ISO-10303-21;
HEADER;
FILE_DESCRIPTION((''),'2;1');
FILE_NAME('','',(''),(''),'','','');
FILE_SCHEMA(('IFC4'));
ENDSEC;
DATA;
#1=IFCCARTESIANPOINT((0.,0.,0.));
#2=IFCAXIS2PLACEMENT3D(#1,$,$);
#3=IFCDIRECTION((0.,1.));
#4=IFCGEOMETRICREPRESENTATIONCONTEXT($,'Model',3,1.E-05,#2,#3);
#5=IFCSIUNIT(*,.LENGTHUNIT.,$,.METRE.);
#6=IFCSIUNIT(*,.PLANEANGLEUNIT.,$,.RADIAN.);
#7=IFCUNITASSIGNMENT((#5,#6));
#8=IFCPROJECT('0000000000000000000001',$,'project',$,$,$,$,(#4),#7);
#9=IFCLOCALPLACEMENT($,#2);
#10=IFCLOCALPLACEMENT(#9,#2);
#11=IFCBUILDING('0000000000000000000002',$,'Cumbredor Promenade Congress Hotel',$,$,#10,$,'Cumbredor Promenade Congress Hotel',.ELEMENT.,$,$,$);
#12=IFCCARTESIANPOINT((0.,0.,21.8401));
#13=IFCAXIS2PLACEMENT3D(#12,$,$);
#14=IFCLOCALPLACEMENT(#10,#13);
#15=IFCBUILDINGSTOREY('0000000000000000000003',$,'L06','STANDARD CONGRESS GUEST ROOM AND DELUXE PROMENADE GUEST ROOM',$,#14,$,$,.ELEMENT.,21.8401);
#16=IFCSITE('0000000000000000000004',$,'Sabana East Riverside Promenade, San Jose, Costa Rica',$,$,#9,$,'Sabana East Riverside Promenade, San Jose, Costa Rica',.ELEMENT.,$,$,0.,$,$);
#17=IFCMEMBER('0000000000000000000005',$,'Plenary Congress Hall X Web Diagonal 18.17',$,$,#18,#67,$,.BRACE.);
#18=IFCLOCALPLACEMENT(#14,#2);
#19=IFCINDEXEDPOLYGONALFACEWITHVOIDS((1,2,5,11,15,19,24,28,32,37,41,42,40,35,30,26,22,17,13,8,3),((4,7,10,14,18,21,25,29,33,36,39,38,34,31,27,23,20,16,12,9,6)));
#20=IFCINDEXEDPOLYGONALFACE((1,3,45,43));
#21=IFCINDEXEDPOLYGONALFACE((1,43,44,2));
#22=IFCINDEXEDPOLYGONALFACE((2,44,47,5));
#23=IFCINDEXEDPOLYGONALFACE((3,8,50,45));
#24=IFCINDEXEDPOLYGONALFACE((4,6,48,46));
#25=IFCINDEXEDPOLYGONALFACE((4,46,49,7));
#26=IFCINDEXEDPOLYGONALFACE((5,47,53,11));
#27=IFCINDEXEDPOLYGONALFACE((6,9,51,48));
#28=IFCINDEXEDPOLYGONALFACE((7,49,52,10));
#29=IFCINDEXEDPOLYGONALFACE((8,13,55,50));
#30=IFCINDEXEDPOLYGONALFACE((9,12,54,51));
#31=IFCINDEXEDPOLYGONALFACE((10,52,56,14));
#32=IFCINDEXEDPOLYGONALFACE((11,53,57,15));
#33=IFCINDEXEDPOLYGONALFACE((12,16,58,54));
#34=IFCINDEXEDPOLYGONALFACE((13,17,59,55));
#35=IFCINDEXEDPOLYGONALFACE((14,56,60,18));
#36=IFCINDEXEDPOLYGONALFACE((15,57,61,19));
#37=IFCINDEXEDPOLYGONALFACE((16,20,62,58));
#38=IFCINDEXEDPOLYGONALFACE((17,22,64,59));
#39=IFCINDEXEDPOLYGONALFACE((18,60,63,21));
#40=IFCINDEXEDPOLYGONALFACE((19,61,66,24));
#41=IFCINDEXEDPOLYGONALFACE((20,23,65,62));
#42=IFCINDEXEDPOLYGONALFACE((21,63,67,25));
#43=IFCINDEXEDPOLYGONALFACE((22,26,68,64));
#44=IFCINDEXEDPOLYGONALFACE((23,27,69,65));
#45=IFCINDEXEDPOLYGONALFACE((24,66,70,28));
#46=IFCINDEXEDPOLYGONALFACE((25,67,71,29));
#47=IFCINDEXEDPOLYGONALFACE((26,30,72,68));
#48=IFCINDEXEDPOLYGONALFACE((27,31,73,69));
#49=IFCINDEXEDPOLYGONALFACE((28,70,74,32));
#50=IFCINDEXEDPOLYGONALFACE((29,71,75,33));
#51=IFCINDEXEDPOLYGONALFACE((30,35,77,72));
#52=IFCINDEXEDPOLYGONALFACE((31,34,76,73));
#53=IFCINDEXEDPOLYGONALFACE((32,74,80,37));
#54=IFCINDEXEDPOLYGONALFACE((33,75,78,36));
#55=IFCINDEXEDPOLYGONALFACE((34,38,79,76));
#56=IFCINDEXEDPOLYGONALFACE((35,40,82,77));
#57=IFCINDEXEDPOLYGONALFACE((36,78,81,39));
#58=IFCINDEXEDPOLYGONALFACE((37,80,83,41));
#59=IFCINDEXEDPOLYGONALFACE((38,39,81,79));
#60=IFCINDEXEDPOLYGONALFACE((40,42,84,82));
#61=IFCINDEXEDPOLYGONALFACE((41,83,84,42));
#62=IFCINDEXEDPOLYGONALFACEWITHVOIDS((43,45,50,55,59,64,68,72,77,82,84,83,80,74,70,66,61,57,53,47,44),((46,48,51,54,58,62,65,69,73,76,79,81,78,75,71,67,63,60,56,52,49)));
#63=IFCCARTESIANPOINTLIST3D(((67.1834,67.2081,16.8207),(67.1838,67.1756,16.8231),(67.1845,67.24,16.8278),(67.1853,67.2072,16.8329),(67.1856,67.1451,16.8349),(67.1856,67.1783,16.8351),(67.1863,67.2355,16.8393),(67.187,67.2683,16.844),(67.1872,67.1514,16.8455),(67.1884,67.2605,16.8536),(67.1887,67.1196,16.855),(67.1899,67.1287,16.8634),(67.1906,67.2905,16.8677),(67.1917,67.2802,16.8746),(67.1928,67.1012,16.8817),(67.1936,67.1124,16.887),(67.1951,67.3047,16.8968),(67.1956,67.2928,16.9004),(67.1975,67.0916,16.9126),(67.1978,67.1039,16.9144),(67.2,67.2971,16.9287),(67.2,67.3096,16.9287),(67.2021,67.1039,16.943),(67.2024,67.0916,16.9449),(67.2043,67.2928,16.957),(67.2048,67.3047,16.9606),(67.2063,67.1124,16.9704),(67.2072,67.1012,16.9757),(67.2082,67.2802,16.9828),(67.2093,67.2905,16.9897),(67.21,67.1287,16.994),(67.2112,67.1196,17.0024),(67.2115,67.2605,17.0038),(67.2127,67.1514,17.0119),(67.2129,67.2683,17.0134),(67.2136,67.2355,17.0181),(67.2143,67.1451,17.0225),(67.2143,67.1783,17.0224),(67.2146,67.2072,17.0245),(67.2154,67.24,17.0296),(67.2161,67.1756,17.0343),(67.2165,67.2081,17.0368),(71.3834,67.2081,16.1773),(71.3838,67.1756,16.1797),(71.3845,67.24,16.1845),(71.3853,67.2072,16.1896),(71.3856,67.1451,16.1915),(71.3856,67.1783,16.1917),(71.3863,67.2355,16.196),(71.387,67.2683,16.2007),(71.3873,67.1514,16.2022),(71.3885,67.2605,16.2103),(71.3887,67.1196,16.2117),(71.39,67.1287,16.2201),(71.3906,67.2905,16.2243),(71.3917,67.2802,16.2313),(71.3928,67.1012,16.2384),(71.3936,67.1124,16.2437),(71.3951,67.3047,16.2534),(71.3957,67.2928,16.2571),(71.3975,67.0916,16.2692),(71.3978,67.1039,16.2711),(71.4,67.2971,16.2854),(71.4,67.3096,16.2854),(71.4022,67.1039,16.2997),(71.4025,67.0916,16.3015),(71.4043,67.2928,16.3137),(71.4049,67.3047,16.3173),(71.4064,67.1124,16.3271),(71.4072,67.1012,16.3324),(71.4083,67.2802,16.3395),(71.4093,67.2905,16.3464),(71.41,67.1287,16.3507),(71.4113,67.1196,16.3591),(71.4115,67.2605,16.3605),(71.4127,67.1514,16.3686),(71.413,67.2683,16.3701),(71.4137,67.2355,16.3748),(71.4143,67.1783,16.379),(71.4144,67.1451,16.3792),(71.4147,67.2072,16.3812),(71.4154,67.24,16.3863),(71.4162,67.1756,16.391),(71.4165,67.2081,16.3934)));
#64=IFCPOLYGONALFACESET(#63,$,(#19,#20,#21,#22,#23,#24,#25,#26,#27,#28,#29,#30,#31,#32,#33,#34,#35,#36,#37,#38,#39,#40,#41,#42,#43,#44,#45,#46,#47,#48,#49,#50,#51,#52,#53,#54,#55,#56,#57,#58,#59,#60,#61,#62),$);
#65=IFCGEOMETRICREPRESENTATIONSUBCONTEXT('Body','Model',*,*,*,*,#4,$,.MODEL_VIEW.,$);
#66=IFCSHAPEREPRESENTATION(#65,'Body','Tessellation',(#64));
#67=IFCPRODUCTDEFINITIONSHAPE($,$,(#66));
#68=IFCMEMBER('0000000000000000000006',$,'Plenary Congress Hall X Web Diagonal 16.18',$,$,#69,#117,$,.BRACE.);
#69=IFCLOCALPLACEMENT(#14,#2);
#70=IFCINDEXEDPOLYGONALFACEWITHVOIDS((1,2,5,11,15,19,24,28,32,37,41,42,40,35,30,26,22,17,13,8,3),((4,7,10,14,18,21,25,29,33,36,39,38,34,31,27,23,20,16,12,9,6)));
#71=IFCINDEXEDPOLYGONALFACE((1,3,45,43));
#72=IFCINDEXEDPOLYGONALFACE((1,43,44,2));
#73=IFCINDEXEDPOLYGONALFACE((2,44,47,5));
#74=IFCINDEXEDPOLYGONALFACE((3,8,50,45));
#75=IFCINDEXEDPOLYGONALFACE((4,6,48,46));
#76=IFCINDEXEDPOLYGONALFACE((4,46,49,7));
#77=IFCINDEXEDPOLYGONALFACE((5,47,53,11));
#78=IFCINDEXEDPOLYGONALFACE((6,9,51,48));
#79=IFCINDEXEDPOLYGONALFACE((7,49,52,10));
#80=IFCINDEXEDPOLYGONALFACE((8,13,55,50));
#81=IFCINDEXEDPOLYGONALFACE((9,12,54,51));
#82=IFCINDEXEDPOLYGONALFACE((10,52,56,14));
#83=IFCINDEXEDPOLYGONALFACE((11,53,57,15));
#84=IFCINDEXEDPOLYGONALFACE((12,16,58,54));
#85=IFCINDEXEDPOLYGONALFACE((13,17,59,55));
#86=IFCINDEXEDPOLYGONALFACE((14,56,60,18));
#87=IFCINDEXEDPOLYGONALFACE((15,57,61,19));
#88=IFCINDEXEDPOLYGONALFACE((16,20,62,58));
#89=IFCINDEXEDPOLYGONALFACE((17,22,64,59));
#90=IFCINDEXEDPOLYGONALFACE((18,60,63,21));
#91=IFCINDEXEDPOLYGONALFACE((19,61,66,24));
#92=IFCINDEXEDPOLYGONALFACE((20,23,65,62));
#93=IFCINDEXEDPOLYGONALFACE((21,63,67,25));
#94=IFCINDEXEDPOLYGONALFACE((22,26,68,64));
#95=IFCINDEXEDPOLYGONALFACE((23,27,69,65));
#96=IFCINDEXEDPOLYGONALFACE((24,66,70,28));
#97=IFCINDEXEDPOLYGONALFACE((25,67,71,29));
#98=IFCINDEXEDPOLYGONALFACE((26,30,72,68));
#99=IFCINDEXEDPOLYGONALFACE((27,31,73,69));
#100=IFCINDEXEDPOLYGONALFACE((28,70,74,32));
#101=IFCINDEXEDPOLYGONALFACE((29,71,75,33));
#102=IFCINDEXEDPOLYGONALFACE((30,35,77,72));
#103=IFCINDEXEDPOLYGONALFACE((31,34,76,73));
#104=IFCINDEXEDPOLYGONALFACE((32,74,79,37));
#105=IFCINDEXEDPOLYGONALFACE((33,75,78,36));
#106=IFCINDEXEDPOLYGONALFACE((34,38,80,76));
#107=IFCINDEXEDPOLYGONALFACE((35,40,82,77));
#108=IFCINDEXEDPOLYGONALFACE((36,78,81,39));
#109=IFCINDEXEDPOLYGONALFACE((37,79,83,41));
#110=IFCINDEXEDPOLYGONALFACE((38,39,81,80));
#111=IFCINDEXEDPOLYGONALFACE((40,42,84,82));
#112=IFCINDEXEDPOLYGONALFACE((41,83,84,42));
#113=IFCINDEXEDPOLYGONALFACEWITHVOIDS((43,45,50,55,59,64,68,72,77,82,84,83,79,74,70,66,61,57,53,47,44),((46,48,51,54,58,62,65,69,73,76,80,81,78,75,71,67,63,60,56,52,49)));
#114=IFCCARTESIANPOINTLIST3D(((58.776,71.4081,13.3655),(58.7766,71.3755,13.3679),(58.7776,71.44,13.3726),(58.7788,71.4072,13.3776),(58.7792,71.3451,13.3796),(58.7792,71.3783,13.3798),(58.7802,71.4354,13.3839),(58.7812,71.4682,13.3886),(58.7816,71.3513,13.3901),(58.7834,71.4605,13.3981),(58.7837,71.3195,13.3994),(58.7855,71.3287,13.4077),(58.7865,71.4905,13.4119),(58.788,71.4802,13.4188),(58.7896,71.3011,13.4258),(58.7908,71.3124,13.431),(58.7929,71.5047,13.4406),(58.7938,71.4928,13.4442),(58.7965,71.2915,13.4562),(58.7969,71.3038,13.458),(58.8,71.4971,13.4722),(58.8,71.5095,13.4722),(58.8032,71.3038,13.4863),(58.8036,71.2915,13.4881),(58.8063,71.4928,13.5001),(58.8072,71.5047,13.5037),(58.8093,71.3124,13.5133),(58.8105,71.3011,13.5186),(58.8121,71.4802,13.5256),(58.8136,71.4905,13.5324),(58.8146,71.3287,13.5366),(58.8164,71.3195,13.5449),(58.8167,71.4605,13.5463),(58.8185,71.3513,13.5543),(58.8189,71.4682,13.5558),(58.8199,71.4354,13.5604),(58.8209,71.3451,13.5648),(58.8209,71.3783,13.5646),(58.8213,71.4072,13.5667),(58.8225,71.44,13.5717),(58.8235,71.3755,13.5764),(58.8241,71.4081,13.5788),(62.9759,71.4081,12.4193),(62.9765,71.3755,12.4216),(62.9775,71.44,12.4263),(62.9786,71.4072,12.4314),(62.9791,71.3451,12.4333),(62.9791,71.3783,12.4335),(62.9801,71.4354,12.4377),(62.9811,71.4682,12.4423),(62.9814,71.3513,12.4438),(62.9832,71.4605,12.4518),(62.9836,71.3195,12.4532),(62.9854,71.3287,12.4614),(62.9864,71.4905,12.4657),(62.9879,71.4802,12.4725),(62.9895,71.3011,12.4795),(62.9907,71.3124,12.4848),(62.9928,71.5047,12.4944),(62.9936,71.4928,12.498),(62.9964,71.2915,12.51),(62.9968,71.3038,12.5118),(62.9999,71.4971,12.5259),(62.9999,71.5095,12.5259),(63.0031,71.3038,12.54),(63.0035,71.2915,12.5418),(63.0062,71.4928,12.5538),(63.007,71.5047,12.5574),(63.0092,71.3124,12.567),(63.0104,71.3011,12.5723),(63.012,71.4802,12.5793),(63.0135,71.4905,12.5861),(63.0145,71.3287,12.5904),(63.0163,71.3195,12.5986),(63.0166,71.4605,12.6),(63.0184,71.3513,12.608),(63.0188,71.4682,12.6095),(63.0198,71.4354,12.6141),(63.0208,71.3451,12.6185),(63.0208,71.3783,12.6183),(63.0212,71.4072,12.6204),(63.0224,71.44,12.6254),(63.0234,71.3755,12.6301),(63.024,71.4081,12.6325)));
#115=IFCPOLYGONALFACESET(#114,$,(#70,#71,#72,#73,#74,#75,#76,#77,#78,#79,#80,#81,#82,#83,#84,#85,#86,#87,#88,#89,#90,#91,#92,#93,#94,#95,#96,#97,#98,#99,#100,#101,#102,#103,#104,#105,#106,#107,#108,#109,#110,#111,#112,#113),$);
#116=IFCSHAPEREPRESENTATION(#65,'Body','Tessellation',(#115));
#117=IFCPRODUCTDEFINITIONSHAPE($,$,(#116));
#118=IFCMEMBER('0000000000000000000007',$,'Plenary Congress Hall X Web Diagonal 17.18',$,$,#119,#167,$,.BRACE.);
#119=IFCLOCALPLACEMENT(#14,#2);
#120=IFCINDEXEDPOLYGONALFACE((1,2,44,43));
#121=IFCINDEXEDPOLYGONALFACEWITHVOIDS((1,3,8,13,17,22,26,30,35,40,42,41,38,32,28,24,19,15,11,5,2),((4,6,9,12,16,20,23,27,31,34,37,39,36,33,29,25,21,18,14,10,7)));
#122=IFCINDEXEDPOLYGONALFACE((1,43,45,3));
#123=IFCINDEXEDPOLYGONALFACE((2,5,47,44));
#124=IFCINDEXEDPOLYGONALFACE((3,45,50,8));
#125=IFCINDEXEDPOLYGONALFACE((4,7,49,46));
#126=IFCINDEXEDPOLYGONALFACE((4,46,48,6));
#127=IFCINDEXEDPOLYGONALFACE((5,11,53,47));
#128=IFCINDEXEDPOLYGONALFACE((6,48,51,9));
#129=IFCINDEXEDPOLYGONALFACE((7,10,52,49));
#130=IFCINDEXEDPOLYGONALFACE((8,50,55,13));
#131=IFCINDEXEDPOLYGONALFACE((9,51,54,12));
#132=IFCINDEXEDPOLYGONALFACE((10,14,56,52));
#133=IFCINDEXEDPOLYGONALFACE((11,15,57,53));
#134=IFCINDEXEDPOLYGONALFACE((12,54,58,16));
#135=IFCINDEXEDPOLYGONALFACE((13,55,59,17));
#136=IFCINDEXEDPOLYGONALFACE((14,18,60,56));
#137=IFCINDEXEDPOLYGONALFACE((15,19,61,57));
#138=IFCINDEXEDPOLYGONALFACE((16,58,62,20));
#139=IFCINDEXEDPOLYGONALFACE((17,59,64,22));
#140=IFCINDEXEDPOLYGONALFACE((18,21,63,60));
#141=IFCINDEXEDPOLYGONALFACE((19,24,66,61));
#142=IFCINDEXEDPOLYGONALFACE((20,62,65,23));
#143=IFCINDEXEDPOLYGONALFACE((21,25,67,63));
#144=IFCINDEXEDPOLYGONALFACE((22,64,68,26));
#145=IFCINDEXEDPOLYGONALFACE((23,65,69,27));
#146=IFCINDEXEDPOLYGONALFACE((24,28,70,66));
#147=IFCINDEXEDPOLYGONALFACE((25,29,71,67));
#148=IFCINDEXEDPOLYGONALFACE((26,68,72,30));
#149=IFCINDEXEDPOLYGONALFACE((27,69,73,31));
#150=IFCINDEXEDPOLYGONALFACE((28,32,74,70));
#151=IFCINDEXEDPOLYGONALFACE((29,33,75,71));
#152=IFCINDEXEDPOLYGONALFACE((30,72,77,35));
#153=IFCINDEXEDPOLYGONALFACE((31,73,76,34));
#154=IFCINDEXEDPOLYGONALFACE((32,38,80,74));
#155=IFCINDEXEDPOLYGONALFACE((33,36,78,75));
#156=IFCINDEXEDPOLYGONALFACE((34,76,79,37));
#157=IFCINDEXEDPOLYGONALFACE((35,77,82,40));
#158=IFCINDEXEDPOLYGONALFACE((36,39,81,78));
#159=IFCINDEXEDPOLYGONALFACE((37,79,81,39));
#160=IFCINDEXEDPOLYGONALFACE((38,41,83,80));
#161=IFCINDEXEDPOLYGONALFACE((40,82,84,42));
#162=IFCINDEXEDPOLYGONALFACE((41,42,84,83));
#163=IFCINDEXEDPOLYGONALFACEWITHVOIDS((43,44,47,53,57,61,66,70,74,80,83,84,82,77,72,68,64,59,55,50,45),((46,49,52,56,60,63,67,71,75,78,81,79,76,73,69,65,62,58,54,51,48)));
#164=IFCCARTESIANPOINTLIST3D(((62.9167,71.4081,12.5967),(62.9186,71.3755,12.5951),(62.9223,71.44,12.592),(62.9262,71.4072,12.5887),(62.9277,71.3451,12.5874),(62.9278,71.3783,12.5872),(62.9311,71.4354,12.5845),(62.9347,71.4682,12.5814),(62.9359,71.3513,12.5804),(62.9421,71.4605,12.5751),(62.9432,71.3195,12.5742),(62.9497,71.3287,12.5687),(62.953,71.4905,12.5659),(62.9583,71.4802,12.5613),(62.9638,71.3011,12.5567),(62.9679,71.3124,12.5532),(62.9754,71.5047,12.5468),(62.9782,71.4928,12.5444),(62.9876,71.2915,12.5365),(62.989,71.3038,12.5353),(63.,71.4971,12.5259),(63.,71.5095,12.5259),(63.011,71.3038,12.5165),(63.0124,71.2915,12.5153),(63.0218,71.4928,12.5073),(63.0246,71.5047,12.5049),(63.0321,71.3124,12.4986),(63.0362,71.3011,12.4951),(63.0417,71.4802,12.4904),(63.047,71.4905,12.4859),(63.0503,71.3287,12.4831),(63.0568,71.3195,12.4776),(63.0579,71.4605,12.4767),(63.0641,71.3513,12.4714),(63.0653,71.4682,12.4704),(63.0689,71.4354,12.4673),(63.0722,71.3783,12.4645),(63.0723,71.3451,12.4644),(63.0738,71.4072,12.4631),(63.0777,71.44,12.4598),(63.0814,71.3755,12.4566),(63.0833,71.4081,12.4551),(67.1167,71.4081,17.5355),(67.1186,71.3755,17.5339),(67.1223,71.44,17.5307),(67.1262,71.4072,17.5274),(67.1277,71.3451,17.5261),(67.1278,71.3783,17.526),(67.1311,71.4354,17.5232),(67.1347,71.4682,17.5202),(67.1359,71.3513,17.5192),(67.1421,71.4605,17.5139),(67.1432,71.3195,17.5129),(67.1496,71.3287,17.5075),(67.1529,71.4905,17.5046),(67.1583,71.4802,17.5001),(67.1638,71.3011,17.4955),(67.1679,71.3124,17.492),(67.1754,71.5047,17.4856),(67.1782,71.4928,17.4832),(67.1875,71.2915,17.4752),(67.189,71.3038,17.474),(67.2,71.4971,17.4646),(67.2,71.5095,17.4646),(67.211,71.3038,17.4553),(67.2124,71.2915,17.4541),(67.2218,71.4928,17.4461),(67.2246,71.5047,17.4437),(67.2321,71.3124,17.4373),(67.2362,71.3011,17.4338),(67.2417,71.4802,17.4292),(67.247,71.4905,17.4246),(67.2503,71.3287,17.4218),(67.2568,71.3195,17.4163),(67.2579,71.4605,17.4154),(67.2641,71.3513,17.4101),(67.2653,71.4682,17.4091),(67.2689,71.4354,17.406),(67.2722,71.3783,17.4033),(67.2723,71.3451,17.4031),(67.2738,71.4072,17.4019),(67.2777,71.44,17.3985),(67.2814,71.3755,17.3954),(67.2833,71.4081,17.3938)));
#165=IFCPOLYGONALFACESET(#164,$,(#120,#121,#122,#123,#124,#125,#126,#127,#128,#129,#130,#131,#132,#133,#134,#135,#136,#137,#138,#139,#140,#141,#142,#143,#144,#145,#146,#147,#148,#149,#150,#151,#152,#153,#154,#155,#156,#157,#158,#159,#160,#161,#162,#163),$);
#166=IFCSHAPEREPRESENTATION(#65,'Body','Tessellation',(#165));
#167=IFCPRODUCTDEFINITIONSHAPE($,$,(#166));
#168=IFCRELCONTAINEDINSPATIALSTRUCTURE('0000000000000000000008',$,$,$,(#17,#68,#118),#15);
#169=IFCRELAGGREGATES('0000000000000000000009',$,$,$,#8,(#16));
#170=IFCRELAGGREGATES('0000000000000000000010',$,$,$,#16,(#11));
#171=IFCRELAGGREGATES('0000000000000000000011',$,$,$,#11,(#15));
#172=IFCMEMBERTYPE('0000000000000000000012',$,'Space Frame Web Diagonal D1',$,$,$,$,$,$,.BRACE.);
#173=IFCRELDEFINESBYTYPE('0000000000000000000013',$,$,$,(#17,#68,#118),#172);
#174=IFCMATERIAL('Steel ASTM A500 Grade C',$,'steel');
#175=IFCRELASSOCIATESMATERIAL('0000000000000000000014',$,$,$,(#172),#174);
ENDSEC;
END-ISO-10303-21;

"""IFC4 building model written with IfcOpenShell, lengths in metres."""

from ifc_helpers import new_model, si_unit, direction, frame, origin, origin_2d, place, context, subcontext, project, spatial, hollow_circle, extrude, material, material_profile, profile_set, type_object, element, save


model = new_model("IFC4")

# Units and contexts
model_context = context("Model", 3, precision=1e-05, world=origin(), true_north=direction((0.0, 1.0)))
body_context = subcontext(model_context, "Body", "Model", "MODEL_VIEW")
ifc_project = project(units=[si_unit("LENGTHUNIT", "METRE"), si_unit("PLANEANGLEUNIT", "RADIAN")], contexts=[model_context])

# Site, building, storey
site_placement = place(None, origin())
site = spatial("IfcSite", under=ifc_project, at=site_placement, Name="Sabana East Riverside Promenade, San Jose, Costa Rica", LongName="Sabana East Riverside Promenade, San Jose, Costa Rica", CompositionType="ELEMENT", RefElevation=0.0)
building_placement = place(site_placement, origin())
building = spatial("IfcBuilding", under=site, at=building_placement, Name="Cumbredor Promenade Congress Hotel", LongName="Cumbredor Promenade Congress Hotel", CompositionType="ELEMENT")
storey_placement = place(building_placement, frame((0.0, 0.0, 21.8401)))
storey = spatial("IfcBuildingStorey", under=building, at=storey_placement, Name="L06", Description="STANDARD CONGRESS GUEST ROOM AND DELUXE PROMENADE GUEST ROOM", CompositionType="ELEMENT", Elevation=21.8401)

# Members
ifc_material_1 = material(Name="Steel ASTM A500 Grade C", Category="steel")
ifc_material_profile_1 = material_profile(ifc_material_1, hollow_circle(Radius=0.1096, WallThickness=0.0125, at=origin_2d()), Name="CHS 219.1x12.5")
ifc_profile_set_1 = profile_set([ifc_material_profile_1], Name="Steel ASTM A500 Grade C")
member_type_1 = type_object("IfcMemberType", Name="Space Frame Web Diagonal D1", PredefinedType="BRACE", material=ifc_profile_set_1)
member_1_placement = place(storey_placement, frame((67.2, 67.2, 16.9287), z_axis=(0.988472, 0.0, -0.151405), x_axis=(0.0, 1.0, 0.0)))
element("IfcMember", 1, at=member_1_placement, inside=storey, type_object=member_type_1, Name="Plenary Congress Hall X Web Diagonal 18.17", PredefinedType="BRACE", context=body_context, shape_type="SweptSolid", body=[
    extrude(hollow_circle(Radius=0.1096, WallThickness=0.0125, at=origin_2d()), origin(), (0.0, 0.0, 1.0), 4.249),
])
member_2_placement = place(storey_placement, frame((58.8, 71.3999, 13.4722), z_axis=(0.975545, 0.0, -0.2198), x_axis=(0.0, 1.0, 0.0)))
element("IfcMember", 2, at=member_2_placement, inside=storey, type_object=member_type_1, Name="Plenary Congress Hall X Web Diagonal 16.18", PredefinedType="BRACE", context=body_context, shape_type="SweptSolid", body=[
    extrude(hollow_circle(Radius=0.1096, WallThickness=0.0125, at=origin_2d()), origin(), (0.0, 0.0, 1.0), 4.3052),
])
member_3_placement = place(storey_placement, frame((63.0, 71.3999, 12.5259), z_axis=(0.647831, 0.0, 0.761784), x_axis=(0.0, 1.0, 0.0)))
element("IfcMember", 3, at=member_3_placement, inside=storey, type_object=member_type_1, Name="Plenary Congress Hall X Web Diagonal 17.18", PredefinedType="BRACE", context=body_context, shape_type="SweptSolid", body=[
    extrude(hollow_circle(Radius=0.1096, WallThickness=0.0125, at=origin_2d()), origin(), (0.0, 0.0, 1.0), 6.4832),
])

save(model, "model.ifc")
